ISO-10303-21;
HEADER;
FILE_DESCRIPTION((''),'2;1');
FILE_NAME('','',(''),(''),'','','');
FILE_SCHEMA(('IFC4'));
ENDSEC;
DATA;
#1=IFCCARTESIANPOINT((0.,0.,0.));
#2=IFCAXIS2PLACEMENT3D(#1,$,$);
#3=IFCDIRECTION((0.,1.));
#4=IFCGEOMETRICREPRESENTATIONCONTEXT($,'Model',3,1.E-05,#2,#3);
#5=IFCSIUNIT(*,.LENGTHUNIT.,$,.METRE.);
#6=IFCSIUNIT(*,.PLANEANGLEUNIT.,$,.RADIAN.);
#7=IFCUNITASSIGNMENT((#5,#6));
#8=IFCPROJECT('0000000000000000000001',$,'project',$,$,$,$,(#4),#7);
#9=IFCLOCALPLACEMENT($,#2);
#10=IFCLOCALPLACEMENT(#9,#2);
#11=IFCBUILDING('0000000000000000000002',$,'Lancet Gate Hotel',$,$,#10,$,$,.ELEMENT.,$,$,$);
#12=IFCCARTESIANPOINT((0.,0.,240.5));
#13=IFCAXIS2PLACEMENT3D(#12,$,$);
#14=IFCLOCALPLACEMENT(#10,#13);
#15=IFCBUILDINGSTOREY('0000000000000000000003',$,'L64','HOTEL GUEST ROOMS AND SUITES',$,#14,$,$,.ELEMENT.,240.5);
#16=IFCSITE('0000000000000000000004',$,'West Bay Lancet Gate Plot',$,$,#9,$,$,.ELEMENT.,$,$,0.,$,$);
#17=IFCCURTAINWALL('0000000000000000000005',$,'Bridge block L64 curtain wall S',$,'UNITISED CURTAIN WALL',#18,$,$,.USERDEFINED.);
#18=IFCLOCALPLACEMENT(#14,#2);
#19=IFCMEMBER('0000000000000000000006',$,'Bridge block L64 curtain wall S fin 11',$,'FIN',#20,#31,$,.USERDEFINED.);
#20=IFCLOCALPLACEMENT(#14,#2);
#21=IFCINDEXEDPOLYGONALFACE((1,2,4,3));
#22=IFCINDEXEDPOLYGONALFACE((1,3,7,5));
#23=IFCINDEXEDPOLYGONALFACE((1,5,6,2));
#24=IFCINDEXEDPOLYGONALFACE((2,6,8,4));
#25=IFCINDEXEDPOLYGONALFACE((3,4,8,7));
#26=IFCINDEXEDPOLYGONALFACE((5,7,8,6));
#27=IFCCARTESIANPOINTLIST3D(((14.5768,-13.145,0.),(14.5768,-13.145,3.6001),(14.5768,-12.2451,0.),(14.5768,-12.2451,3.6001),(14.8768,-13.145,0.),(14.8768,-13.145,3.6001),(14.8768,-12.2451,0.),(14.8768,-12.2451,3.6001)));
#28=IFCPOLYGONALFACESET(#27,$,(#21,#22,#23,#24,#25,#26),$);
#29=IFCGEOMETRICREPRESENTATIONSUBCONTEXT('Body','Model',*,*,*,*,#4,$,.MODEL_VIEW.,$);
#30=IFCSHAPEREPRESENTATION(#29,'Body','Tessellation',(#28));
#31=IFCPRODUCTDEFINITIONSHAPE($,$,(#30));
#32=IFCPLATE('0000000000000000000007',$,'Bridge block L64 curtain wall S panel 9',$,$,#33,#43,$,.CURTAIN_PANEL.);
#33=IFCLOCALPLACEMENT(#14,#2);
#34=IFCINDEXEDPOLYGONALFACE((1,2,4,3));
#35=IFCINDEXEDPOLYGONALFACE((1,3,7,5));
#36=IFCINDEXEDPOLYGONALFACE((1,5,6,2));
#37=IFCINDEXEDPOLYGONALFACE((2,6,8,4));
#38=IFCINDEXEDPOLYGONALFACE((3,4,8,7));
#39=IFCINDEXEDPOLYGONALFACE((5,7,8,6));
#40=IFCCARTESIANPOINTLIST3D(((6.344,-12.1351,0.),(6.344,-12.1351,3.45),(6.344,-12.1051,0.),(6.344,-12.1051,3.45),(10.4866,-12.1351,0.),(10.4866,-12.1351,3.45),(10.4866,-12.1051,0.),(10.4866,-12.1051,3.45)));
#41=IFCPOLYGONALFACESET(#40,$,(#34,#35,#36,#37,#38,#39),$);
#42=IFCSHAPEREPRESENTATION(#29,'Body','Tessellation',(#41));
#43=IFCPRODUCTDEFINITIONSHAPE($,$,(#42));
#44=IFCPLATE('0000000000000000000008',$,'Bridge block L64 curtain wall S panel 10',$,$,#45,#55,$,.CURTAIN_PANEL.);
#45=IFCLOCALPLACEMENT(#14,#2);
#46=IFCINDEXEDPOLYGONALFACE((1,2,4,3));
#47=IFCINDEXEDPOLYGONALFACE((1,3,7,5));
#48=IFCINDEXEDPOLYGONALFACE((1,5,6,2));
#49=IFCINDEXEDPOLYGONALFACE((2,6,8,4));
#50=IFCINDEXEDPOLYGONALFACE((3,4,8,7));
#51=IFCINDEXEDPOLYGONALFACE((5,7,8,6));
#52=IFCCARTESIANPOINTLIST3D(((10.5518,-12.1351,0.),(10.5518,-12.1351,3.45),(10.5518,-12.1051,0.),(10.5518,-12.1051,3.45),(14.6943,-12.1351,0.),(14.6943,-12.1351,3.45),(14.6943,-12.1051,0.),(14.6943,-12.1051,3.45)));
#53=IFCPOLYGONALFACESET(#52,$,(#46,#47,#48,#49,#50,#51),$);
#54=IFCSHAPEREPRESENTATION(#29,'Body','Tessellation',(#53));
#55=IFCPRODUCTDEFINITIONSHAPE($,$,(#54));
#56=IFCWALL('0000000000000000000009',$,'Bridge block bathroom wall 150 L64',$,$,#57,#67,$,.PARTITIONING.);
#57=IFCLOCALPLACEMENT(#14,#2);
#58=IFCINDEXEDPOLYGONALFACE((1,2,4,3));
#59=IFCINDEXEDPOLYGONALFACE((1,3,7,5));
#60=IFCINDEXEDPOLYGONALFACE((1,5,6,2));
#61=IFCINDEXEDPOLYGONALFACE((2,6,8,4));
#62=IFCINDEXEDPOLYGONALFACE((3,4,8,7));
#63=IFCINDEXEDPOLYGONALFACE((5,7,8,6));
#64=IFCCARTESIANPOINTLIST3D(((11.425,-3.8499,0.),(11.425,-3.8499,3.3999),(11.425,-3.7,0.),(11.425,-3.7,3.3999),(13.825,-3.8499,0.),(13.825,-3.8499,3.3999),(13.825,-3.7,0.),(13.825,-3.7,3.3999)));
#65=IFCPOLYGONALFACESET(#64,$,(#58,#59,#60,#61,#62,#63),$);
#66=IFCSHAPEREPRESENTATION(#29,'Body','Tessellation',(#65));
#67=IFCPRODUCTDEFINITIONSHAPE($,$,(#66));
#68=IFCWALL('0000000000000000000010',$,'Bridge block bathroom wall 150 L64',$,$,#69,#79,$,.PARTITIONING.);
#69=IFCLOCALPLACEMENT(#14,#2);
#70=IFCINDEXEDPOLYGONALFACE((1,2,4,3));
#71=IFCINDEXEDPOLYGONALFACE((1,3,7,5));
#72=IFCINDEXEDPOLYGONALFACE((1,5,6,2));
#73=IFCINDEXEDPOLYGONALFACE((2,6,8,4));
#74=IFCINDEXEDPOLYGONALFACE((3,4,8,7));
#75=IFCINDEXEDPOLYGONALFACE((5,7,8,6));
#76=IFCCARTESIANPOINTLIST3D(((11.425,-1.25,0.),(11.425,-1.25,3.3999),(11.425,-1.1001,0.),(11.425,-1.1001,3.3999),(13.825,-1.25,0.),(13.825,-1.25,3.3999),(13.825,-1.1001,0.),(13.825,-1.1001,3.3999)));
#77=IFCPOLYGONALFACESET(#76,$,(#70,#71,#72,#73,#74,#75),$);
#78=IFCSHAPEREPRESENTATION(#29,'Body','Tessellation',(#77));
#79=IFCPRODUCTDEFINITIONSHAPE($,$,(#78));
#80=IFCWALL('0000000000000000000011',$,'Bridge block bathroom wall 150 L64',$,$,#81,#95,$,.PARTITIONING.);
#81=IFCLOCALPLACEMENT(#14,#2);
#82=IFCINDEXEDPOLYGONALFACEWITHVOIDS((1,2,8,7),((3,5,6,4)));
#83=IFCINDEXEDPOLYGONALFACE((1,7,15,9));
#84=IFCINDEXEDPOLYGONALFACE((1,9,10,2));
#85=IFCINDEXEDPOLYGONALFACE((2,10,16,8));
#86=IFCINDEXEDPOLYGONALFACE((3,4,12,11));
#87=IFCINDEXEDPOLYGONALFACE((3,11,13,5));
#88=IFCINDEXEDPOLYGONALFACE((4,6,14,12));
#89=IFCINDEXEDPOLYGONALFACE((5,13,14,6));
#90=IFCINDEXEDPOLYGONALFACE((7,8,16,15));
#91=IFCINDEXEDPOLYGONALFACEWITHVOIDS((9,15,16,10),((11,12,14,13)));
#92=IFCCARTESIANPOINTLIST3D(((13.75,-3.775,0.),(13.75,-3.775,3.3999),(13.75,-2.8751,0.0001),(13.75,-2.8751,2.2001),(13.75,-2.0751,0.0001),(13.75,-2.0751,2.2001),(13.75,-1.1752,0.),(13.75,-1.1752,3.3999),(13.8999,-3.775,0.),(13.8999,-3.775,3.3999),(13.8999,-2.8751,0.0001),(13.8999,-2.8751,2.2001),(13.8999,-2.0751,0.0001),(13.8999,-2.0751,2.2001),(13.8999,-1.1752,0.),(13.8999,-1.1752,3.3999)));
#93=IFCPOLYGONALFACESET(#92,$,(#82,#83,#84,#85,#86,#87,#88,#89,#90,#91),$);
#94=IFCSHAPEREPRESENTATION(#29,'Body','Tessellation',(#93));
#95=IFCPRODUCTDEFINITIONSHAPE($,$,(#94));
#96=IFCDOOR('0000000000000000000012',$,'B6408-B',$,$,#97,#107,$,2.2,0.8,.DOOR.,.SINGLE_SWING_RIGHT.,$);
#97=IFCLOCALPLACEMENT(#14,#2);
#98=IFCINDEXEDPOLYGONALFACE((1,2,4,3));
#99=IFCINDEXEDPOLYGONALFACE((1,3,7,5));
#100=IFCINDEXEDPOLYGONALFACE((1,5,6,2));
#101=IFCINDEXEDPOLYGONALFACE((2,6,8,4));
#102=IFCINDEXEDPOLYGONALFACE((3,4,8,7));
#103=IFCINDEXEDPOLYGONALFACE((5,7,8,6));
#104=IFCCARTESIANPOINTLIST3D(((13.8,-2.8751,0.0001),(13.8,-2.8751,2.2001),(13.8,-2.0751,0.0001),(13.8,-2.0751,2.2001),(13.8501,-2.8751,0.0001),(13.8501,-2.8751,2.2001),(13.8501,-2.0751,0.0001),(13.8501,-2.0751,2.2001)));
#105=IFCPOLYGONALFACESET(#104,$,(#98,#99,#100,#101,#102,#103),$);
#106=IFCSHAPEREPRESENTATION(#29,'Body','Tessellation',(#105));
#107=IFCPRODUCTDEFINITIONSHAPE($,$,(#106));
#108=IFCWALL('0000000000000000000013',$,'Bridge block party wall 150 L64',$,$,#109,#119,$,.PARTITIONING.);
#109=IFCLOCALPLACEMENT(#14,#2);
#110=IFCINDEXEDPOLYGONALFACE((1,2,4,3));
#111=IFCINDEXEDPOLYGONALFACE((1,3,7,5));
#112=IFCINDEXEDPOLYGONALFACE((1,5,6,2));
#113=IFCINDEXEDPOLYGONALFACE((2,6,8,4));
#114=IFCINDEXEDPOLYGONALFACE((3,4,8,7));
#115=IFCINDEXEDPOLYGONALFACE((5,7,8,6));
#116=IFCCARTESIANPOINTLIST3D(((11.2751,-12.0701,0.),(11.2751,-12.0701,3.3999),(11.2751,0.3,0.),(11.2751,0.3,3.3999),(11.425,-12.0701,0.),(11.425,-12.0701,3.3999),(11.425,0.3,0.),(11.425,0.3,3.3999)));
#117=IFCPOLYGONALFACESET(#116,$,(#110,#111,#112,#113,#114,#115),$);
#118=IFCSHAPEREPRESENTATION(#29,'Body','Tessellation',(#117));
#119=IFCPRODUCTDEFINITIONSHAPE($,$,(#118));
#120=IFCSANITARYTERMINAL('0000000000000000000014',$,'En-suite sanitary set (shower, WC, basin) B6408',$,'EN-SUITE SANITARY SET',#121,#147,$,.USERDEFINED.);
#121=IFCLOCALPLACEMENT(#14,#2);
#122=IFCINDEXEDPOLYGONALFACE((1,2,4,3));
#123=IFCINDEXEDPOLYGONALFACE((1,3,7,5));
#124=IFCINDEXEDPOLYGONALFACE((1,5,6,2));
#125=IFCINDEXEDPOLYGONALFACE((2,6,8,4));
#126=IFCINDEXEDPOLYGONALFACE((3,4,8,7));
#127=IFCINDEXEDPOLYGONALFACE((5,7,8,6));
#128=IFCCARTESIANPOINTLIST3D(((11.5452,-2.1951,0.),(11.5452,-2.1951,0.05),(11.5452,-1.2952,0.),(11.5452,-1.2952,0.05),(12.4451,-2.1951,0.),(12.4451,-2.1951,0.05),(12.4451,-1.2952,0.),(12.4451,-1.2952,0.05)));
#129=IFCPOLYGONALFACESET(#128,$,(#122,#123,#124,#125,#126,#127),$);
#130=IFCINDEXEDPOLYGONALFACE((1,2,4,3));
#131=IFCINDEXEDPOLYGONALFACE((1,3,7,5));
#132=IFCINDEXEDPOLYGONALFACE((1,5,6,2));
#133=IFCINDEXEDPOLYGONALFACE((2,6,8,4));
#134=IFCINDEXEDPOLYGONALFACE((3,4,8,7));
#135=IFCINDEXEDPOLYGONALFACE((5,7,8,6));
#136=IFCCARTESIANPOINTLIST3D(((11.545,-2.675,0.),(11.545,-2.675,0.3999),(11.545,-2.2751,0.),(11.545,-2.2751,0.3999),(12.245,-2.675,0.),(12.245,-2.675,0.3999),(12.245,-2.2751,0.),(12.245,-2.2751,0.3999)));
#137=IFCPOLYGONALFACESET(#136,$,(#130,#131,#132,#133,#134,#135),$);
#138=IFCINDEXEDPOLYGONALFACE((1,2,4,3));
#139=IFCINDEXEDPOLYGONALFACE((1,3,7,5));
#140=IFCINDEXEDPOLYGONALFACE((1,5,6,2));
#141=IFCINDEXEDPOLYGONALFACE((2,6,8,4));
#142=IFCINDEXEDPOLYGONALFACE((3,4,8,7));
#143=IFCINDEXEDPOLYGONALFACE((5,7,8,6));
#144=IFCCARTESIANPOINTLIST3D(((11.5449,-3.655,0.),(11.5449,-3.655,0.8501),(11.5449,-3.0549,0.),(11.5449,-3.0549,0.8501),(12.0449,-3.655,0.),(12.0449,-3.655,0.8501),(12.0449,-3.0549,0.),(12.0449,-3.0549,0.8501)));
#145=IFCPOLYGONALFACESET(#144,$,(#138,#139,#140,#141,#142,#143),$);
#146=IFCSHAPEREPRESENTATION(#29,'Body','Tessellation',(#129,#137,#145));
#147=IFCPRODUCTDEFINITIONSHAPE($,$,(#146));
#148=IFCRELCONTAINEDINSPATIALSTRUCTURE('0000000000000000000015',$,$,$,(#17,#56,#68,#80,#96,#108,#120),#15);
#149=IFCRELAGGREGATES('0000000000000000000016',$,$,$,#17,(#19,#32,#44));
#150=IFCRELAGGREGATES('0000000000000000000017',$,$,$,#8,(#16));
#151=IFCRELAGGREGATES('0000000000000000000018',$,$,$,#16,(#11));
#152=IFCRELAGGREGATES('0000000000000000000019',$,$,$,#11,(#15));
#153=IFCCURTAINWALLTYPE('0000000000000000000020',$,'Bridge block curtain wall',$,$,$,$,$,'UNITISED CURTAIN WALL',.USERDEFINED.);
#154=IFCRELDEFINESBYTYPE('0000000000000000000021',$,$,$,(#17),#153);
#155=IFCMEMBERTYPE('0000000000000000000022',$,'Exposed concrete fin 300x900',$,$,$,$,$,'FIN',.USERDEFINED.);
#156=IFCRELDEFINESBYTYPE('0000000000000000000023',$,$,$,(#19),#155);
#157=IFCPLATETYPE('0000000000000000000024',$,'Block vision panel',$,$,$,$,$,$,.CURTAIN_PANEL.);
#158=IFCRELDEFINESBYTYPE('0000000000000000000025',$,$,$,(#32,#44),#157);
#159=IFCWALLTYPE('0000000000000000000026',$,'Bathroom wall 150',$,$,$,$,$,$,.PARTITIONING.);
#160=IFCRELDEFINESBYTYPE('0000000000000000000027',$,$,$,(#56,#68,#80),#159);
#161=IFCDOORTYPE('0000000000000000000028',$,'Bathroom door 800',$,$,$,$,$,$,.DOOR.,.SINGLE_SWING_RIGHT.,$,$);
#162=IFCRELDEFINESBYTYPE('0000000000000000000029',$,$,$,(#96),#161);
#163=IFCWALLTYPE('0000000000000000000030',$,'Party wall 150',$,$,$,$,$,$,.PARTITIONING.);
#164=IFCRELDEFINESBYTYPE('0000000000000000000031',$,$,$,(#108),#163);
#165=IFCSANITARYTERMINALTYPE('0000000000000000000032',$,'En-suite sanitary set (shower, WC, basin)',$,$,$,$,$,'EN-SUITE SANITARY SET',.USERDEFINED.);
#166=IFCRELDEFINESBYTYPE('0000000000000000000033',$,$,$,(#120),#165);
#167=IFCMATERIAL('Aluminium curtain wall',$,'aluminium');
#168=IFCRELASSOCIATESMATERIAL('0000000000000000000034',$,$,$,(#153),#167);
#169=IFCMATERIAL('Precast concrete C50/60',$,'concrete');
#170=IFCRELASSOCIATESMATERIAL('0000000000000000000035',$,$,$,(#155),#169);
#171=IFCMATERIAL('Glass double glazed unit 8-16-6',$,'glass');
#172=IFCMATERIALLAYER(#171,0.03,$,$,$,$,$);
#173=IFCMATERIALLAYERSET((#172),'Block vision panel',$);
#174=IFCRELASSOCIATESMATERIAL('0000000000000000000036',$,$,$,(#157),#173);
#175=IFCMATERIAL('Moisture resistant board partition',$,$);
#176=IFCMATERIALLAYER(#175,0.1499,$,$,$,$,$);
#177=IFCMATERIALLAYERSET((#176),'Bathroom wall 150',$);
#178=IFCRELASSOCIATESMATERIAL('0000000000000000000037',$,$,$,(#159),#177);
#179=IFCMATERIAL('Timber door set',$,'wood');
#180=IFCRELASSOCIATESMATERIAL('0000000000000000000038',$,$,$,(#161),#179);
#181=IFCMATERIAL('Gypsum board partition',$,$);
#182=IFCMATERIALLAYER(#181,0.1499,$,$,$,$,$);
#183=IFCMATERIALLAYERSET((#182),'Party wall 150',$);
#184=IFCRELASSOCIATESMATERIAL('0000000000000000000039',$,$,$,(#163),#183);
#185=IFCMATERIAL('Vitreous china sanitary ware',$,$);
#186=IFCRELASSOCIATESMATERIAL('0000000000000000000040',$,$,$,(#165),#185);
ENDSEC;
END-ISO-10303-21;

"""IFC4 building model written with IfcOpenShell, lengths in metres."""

from ifc_helpers import new_model, si_unit, direction, frame, frame_2d, origin, origin_2d, place, context, subcontext, project, spatial, rectangle, extrude, material, layer, layer_set, material_profile, profile_set, type_object, element, fill, aggregate, save


model = new_model("IFC4")

# Units and contexts
model_context = context("Model", 3, precision=1e-05, world=origin(), true_north=direction((0.0, 1.0)))
body_context = subcontext(model_context, "Body", "Model", "MODEL_VIEW")
ifc_project = project(units=[si_unit("LENGTHUNIT", "METRE"), si_unit("PLANEANGLEUNIT", "RADIAN")], contexts=[model_context])

# Site, building, storey
site_placement = place(None, origin())
site = spatial("IfcSite", under=ifc_project, at=site_placement, Name="West Bay Lancet Gate Plot", CompositionType="ELEMENT", RefElevation=0.0)
building_placement = place(site_placement, origin())
building = spatial("IfcBuilding", under=site, at=building_placement, Name="Lancet Gate Hotel", CompositionType="ELEMENT")
storey_placement = place(building_placement, frame((0.0, 0.0, 240.5)))
storey = spatial("IfcBuildingStorey", under=building, at=storey_placement, Name="L64", Description="HOTEL GUEST ROOMS AND SUITES", CompositionType="ELEMENT", Elevation=240.5)

# Curtain wall
ifc_material_1 = material(Name="Aluminium curtain wall", Category="aluminium")
curtain_wall_type = type_object("IfcCurtainWallType", Name="Bridge block curtain wall", ElementType="UNITISED CURTAIN WALL", PredefinedType="USERDEFINED", material=ifc_material_1)
curtain_wall_placement = place(storey_placement, origin())
curtain_wall = element("IfcCurtainWall", 1, at=curtain_wall_placement, inside=storey, type_object=curtain_wall_type, Name="Bridge block L64 curtain wall S", ObjectType="UNITISED CURTAIN WALL", PredefinedType="USERDEFINED")

# Member
ifc_material_2 = material(Name="Precast concrete C50/60", Category="concrete")
ifc_material_profile_1 = material_profile(ifc_material_2, rectangle(XDim=0.3, YDim=0.8999, at=origin_2d()), Name="FIN 300x900")
ifc_profile_set_1 = profile_set([ifc_material_profile_1], Name="Precast concrete C50/60")
member_type_1 = type_object("IfcMemberType", Name="Exposed concrete fin 300x900", ElementType="FIN", PredefinedType="USERDEFINED", material=ifc_profile_set_1)
member_1_placement = place(storey_placement, frame((14.7268, -12.6951, 0.0), z_axis=(0.0, 0.0, 1.0), x_axis=(1.0, 0.0, 0.0)))
member_1 = element("IfcMember", 2, at=member_1_placement, type_object=member_type_1, Name="Bridge block L64 curtain wall S fin 11", ObjectType="FIN", PredefinedType="USERDEFINED", context=body_context, shape_type="SweptSolid", body=[
    extrude(rectangle(XDim=0.3, YDim=0.8999, at=origin_2d()), origin(), (0.0, 0.0, 1.0), 3.6001),
])

# Plates
ifc_material_3 = material(Name="Glass double glazed unit 8-16-6", Category="glass")
ifc_layer_1 = layer(ifc_material_3, 0.03)
ifc_layer_set_1 = layer_set([ifc_layer_1], Name="Block vision panel")
plate_type = type_object("IfcPlateType", Name="Block vision panel", PredefinedType="CURTAIN_PANEL", material=ifc_layer_set_1)
plate_1_placement = place(storey_placement, frame((8.4153, -12.1201, 0.0), z_axis=(0.0, 0.0, 1.0), x_axis=(1.0, 0.0, 0.0)))
plate_1 = element("IfcPlate", 3, at=plate_1_placement, type_object=plate_type, Name="Bridge block L64 curtain wall S panel 9", PredefinedType="CURTAIN_PANEL", context=body_context, shape_type="SweptSolid", body=[
    extrude(rectangle(XDim=4.1426, YDim=0.03, at=origin_2d()), origin(), (0.0, 0.0, 1.0), 3.45),
])
plate_2_placement = place(storey_placement, frame((12.623, -12.1201, 0.0), z_axis=(0.0, 0.0, 1.0), x_axis=(1.0, 0.0, 0.0)))
plate_2 = element("IfcPlate", 4, at=plate_2_placement, type_object=plate_type, Name="Bridge block L64 curtain wall S panel 10", PredefinedType="CURTAIN_PANEL", context=body_context, shape_type="SweptSolid", body=[
    extrude(rectangle(XDim=4.1426, YDim=0.03, at=origin_2d()), origin(), (0.0, 0.0, 1.0), 3.45),
])
aggregate(curtain_wall, [member_1, plate_1, plate_2])

# Walls
ifc_material_4 = material(Name="Moisture resistant board partition")
ifc_layer_2 = layer(ifc_material_4, 0.1499)
ifc_layer_set_2 = layer_set([ifc_layer_2], Name="Bathroom wall 150")
wall_type_1 = type_object("IfcWallType", Name="Bathroom wall 150", PredefinedType="PARTITIONING", material=ifc_layer_set_2)
for number, where, z_axis, x_axis, name in (
    (5, (11.425, -3.7749, 0.0), (0.0, 0.0, 1.0), (1.0, 0.0, 0.0), "Bridge block bathroom wall 150 L64"),
    (6, (11.425, -1.175, 0.0), (0.0, 0.0, 1.0), (1.0, 0.0, 0.0), "Bridge block bathroom wall 150 L64"),
):
    element("IfcWall", number, at=place(storey_placement, frame(where, z_axis=z_axis, x_axis=x_axis)), inside=storey, type_object=wall_type_1, Name=name, PredefinedType="PARTITIONING", context=body_context, shape_type="SweptSolid", body=[
        extrude(rectangle(XDim=2.3999, YDim=0.1499, at=frame_2d((1.2, 0.0))), origin(), (0.0, 0.0, 1.0), 3.3999),
    ])

# Wall, opening, door
wall_1_placement = place(storey_placement, frame((13.825, -3.7749, 0.0), z_axis=(0.0, 0.0, 1.0), x_axis=(0.0, 1.0, 0.0)))
wall_1 = element("IfcWall", 7, at=wall_1_placement, inside=storey, type_object=wall_type_1, Name="Bridge block bathroom wall 150 L64", PredefinedType="PARTITIONING", context=body_context, shape_type="SweptSolid", body=[
    extrude(rectangle(XDim=2.5999, YDim=0.1499, at=frame_2d((1.2998, 0.0))), origin(), (0.0, 0.0, 1.0), 3.3999),
])
opening_placement = place(wall_1_placement, frame((0.8999, 0.0, 0.0)))
opening = element("IfcOpeningElement", 8, at=opening_placement, cuts=wall_1, PredefinedType="OPENING", context=body_context, shape_type="SweptSolid", body=[
    extrude(rectangle(XDim=0.8, YDim=2.2, at=frame_2d((0.3999, 1.1001))), frame((0.0, 0.085, 0.0), z_axis=(0.0, -1.0, 0.0), x_axis=(1.0, 0.0, 0.0)), (0.0, 0.0, 1.0), 0.1699),
])
ifc_material_5 = material(Name="Timber door set", Category="wood")
door_type = type_object("IfcDoorType", Name="Bathroom door 800", OperationType="SINGLE_SWING_RIGHT", PredefinedType="DOOR", material=ifc_material_5)
door_placement = place(opening_placement, origin())
door = element("IfcDoor", 9, at=door_placement, inside=storey, type_object=door_type, Name="B6408-B", OperationType="SINGLE_SWING_RIGHT", OverallHeight=2.2, OverallWidth=0.8, PredefinedType="DOOR", context=body_context, shape_type="SweptSolid", body=[
    extrude(rectangle(XDim=0.8, YDim=2.2, at=frame_2d((0.3999, 1.1001))), frame((0.0, 0.0249, 0.0), z_axis=(0.0, -1.0, 0.0), x_axis=(1.0, 0.0, 0.0)), (0.0, 0.0, 1.0), 0.05),
])
fill(opening, door)

# Wall
ifc_material_6 = material(Name="Gypsum board partition")
ifc_layer_3 = layer(ifc_material_6, 0.1499)
ifc_layer_set_3 = layer_set([ifc_layer_3], Name="Party wall 150")
wall_type_2 = type_object("IfcWallType", Name="Party wall 150", PredefinedType="PARTITIONING", material=ifc_layer_set_3)
wall_2_placement = place(storey_placement, frame((11.3501, -12.0701, 0.0), z_axis=(0.0, 0.0, 1.0), x_axis=(0.0, 1.0, 0.0)))
element("IfcWall", 10, at=wall_2_placement, inside=storey, type_object=wall_type_2, Name="Bridge block party wall 150 L64", PredefinedType="PARTITIONING", context=body_context, shape_type="SweptSolid", body=[
    extrude(rectangle(XDim=12.3701, YDim=0.1499, at=frame_2d((6.1851, 0.0))), origin(), (0.0, 0.0, 1.0), 3.3999),
])

# Sanitary terminal
ifc_material_7 = material(Name="Vitreous china sanitary ware")
sanitary_terminal_type = type_object("IfcSanitaryTerminalType", Name="En-suite sanitary set (shower, WC, basin)", ElementType="EN-SUITE SANITARY SET", PredefinedType="USERDEFINED", material=ifc_material_7)
sanitary_terminal_placement = place(storey_placement, frame((11.9951, -1.7451, 0.0), z_axis=(0.0, 0.0, 1.0), x_axis=(1.0, 0.0, 0.0)))
element("IfcSanitaryTerminal", 11, at=sanitary_terminal_placement, inside=storey, type_object=sanitary_terminal_type, Name="En-suite sanitary set (shower, WC, basin) B6408", ObjectType="EN-SUITE SANITARY SET", PredefinedType="USERDEFINED", context=body_context, shape_type="SweptSolid", body=[
    extrude(rectangle(XDim=0.8999, YDim=0.8999, at=origin_2d()), frame((0.0, 0.0, 0.0), z_axis=(0.0, 0.0, 1.0), x_axis=(0.0, 1.0, 0.0)), (0.0, 0.0, 1.0), 0.05),
    extrude(rectangle(XDim=0.3999, YDim=0.7, at=origin_2d()), frame((-0.1001, -0.73, 0.0), z_axis=(0.0, 0.0, 1.0), x_axis=(0.0, 1.0, 0.0)), (0.0, 0.0, 1.0), 0.3999),
    extrude(rectangle(XDim=0.6001, YDim=0.5, at=origin_2d()), frame((-0.2002, -1.6099, 0.0), z_axis=(0.0, 0.0, 1.0), x_axis=(0.0, 1.0, 0.0)), (0.0, 0.0, 1.0), 0.8501),
])

save(model, "model.ifc")
